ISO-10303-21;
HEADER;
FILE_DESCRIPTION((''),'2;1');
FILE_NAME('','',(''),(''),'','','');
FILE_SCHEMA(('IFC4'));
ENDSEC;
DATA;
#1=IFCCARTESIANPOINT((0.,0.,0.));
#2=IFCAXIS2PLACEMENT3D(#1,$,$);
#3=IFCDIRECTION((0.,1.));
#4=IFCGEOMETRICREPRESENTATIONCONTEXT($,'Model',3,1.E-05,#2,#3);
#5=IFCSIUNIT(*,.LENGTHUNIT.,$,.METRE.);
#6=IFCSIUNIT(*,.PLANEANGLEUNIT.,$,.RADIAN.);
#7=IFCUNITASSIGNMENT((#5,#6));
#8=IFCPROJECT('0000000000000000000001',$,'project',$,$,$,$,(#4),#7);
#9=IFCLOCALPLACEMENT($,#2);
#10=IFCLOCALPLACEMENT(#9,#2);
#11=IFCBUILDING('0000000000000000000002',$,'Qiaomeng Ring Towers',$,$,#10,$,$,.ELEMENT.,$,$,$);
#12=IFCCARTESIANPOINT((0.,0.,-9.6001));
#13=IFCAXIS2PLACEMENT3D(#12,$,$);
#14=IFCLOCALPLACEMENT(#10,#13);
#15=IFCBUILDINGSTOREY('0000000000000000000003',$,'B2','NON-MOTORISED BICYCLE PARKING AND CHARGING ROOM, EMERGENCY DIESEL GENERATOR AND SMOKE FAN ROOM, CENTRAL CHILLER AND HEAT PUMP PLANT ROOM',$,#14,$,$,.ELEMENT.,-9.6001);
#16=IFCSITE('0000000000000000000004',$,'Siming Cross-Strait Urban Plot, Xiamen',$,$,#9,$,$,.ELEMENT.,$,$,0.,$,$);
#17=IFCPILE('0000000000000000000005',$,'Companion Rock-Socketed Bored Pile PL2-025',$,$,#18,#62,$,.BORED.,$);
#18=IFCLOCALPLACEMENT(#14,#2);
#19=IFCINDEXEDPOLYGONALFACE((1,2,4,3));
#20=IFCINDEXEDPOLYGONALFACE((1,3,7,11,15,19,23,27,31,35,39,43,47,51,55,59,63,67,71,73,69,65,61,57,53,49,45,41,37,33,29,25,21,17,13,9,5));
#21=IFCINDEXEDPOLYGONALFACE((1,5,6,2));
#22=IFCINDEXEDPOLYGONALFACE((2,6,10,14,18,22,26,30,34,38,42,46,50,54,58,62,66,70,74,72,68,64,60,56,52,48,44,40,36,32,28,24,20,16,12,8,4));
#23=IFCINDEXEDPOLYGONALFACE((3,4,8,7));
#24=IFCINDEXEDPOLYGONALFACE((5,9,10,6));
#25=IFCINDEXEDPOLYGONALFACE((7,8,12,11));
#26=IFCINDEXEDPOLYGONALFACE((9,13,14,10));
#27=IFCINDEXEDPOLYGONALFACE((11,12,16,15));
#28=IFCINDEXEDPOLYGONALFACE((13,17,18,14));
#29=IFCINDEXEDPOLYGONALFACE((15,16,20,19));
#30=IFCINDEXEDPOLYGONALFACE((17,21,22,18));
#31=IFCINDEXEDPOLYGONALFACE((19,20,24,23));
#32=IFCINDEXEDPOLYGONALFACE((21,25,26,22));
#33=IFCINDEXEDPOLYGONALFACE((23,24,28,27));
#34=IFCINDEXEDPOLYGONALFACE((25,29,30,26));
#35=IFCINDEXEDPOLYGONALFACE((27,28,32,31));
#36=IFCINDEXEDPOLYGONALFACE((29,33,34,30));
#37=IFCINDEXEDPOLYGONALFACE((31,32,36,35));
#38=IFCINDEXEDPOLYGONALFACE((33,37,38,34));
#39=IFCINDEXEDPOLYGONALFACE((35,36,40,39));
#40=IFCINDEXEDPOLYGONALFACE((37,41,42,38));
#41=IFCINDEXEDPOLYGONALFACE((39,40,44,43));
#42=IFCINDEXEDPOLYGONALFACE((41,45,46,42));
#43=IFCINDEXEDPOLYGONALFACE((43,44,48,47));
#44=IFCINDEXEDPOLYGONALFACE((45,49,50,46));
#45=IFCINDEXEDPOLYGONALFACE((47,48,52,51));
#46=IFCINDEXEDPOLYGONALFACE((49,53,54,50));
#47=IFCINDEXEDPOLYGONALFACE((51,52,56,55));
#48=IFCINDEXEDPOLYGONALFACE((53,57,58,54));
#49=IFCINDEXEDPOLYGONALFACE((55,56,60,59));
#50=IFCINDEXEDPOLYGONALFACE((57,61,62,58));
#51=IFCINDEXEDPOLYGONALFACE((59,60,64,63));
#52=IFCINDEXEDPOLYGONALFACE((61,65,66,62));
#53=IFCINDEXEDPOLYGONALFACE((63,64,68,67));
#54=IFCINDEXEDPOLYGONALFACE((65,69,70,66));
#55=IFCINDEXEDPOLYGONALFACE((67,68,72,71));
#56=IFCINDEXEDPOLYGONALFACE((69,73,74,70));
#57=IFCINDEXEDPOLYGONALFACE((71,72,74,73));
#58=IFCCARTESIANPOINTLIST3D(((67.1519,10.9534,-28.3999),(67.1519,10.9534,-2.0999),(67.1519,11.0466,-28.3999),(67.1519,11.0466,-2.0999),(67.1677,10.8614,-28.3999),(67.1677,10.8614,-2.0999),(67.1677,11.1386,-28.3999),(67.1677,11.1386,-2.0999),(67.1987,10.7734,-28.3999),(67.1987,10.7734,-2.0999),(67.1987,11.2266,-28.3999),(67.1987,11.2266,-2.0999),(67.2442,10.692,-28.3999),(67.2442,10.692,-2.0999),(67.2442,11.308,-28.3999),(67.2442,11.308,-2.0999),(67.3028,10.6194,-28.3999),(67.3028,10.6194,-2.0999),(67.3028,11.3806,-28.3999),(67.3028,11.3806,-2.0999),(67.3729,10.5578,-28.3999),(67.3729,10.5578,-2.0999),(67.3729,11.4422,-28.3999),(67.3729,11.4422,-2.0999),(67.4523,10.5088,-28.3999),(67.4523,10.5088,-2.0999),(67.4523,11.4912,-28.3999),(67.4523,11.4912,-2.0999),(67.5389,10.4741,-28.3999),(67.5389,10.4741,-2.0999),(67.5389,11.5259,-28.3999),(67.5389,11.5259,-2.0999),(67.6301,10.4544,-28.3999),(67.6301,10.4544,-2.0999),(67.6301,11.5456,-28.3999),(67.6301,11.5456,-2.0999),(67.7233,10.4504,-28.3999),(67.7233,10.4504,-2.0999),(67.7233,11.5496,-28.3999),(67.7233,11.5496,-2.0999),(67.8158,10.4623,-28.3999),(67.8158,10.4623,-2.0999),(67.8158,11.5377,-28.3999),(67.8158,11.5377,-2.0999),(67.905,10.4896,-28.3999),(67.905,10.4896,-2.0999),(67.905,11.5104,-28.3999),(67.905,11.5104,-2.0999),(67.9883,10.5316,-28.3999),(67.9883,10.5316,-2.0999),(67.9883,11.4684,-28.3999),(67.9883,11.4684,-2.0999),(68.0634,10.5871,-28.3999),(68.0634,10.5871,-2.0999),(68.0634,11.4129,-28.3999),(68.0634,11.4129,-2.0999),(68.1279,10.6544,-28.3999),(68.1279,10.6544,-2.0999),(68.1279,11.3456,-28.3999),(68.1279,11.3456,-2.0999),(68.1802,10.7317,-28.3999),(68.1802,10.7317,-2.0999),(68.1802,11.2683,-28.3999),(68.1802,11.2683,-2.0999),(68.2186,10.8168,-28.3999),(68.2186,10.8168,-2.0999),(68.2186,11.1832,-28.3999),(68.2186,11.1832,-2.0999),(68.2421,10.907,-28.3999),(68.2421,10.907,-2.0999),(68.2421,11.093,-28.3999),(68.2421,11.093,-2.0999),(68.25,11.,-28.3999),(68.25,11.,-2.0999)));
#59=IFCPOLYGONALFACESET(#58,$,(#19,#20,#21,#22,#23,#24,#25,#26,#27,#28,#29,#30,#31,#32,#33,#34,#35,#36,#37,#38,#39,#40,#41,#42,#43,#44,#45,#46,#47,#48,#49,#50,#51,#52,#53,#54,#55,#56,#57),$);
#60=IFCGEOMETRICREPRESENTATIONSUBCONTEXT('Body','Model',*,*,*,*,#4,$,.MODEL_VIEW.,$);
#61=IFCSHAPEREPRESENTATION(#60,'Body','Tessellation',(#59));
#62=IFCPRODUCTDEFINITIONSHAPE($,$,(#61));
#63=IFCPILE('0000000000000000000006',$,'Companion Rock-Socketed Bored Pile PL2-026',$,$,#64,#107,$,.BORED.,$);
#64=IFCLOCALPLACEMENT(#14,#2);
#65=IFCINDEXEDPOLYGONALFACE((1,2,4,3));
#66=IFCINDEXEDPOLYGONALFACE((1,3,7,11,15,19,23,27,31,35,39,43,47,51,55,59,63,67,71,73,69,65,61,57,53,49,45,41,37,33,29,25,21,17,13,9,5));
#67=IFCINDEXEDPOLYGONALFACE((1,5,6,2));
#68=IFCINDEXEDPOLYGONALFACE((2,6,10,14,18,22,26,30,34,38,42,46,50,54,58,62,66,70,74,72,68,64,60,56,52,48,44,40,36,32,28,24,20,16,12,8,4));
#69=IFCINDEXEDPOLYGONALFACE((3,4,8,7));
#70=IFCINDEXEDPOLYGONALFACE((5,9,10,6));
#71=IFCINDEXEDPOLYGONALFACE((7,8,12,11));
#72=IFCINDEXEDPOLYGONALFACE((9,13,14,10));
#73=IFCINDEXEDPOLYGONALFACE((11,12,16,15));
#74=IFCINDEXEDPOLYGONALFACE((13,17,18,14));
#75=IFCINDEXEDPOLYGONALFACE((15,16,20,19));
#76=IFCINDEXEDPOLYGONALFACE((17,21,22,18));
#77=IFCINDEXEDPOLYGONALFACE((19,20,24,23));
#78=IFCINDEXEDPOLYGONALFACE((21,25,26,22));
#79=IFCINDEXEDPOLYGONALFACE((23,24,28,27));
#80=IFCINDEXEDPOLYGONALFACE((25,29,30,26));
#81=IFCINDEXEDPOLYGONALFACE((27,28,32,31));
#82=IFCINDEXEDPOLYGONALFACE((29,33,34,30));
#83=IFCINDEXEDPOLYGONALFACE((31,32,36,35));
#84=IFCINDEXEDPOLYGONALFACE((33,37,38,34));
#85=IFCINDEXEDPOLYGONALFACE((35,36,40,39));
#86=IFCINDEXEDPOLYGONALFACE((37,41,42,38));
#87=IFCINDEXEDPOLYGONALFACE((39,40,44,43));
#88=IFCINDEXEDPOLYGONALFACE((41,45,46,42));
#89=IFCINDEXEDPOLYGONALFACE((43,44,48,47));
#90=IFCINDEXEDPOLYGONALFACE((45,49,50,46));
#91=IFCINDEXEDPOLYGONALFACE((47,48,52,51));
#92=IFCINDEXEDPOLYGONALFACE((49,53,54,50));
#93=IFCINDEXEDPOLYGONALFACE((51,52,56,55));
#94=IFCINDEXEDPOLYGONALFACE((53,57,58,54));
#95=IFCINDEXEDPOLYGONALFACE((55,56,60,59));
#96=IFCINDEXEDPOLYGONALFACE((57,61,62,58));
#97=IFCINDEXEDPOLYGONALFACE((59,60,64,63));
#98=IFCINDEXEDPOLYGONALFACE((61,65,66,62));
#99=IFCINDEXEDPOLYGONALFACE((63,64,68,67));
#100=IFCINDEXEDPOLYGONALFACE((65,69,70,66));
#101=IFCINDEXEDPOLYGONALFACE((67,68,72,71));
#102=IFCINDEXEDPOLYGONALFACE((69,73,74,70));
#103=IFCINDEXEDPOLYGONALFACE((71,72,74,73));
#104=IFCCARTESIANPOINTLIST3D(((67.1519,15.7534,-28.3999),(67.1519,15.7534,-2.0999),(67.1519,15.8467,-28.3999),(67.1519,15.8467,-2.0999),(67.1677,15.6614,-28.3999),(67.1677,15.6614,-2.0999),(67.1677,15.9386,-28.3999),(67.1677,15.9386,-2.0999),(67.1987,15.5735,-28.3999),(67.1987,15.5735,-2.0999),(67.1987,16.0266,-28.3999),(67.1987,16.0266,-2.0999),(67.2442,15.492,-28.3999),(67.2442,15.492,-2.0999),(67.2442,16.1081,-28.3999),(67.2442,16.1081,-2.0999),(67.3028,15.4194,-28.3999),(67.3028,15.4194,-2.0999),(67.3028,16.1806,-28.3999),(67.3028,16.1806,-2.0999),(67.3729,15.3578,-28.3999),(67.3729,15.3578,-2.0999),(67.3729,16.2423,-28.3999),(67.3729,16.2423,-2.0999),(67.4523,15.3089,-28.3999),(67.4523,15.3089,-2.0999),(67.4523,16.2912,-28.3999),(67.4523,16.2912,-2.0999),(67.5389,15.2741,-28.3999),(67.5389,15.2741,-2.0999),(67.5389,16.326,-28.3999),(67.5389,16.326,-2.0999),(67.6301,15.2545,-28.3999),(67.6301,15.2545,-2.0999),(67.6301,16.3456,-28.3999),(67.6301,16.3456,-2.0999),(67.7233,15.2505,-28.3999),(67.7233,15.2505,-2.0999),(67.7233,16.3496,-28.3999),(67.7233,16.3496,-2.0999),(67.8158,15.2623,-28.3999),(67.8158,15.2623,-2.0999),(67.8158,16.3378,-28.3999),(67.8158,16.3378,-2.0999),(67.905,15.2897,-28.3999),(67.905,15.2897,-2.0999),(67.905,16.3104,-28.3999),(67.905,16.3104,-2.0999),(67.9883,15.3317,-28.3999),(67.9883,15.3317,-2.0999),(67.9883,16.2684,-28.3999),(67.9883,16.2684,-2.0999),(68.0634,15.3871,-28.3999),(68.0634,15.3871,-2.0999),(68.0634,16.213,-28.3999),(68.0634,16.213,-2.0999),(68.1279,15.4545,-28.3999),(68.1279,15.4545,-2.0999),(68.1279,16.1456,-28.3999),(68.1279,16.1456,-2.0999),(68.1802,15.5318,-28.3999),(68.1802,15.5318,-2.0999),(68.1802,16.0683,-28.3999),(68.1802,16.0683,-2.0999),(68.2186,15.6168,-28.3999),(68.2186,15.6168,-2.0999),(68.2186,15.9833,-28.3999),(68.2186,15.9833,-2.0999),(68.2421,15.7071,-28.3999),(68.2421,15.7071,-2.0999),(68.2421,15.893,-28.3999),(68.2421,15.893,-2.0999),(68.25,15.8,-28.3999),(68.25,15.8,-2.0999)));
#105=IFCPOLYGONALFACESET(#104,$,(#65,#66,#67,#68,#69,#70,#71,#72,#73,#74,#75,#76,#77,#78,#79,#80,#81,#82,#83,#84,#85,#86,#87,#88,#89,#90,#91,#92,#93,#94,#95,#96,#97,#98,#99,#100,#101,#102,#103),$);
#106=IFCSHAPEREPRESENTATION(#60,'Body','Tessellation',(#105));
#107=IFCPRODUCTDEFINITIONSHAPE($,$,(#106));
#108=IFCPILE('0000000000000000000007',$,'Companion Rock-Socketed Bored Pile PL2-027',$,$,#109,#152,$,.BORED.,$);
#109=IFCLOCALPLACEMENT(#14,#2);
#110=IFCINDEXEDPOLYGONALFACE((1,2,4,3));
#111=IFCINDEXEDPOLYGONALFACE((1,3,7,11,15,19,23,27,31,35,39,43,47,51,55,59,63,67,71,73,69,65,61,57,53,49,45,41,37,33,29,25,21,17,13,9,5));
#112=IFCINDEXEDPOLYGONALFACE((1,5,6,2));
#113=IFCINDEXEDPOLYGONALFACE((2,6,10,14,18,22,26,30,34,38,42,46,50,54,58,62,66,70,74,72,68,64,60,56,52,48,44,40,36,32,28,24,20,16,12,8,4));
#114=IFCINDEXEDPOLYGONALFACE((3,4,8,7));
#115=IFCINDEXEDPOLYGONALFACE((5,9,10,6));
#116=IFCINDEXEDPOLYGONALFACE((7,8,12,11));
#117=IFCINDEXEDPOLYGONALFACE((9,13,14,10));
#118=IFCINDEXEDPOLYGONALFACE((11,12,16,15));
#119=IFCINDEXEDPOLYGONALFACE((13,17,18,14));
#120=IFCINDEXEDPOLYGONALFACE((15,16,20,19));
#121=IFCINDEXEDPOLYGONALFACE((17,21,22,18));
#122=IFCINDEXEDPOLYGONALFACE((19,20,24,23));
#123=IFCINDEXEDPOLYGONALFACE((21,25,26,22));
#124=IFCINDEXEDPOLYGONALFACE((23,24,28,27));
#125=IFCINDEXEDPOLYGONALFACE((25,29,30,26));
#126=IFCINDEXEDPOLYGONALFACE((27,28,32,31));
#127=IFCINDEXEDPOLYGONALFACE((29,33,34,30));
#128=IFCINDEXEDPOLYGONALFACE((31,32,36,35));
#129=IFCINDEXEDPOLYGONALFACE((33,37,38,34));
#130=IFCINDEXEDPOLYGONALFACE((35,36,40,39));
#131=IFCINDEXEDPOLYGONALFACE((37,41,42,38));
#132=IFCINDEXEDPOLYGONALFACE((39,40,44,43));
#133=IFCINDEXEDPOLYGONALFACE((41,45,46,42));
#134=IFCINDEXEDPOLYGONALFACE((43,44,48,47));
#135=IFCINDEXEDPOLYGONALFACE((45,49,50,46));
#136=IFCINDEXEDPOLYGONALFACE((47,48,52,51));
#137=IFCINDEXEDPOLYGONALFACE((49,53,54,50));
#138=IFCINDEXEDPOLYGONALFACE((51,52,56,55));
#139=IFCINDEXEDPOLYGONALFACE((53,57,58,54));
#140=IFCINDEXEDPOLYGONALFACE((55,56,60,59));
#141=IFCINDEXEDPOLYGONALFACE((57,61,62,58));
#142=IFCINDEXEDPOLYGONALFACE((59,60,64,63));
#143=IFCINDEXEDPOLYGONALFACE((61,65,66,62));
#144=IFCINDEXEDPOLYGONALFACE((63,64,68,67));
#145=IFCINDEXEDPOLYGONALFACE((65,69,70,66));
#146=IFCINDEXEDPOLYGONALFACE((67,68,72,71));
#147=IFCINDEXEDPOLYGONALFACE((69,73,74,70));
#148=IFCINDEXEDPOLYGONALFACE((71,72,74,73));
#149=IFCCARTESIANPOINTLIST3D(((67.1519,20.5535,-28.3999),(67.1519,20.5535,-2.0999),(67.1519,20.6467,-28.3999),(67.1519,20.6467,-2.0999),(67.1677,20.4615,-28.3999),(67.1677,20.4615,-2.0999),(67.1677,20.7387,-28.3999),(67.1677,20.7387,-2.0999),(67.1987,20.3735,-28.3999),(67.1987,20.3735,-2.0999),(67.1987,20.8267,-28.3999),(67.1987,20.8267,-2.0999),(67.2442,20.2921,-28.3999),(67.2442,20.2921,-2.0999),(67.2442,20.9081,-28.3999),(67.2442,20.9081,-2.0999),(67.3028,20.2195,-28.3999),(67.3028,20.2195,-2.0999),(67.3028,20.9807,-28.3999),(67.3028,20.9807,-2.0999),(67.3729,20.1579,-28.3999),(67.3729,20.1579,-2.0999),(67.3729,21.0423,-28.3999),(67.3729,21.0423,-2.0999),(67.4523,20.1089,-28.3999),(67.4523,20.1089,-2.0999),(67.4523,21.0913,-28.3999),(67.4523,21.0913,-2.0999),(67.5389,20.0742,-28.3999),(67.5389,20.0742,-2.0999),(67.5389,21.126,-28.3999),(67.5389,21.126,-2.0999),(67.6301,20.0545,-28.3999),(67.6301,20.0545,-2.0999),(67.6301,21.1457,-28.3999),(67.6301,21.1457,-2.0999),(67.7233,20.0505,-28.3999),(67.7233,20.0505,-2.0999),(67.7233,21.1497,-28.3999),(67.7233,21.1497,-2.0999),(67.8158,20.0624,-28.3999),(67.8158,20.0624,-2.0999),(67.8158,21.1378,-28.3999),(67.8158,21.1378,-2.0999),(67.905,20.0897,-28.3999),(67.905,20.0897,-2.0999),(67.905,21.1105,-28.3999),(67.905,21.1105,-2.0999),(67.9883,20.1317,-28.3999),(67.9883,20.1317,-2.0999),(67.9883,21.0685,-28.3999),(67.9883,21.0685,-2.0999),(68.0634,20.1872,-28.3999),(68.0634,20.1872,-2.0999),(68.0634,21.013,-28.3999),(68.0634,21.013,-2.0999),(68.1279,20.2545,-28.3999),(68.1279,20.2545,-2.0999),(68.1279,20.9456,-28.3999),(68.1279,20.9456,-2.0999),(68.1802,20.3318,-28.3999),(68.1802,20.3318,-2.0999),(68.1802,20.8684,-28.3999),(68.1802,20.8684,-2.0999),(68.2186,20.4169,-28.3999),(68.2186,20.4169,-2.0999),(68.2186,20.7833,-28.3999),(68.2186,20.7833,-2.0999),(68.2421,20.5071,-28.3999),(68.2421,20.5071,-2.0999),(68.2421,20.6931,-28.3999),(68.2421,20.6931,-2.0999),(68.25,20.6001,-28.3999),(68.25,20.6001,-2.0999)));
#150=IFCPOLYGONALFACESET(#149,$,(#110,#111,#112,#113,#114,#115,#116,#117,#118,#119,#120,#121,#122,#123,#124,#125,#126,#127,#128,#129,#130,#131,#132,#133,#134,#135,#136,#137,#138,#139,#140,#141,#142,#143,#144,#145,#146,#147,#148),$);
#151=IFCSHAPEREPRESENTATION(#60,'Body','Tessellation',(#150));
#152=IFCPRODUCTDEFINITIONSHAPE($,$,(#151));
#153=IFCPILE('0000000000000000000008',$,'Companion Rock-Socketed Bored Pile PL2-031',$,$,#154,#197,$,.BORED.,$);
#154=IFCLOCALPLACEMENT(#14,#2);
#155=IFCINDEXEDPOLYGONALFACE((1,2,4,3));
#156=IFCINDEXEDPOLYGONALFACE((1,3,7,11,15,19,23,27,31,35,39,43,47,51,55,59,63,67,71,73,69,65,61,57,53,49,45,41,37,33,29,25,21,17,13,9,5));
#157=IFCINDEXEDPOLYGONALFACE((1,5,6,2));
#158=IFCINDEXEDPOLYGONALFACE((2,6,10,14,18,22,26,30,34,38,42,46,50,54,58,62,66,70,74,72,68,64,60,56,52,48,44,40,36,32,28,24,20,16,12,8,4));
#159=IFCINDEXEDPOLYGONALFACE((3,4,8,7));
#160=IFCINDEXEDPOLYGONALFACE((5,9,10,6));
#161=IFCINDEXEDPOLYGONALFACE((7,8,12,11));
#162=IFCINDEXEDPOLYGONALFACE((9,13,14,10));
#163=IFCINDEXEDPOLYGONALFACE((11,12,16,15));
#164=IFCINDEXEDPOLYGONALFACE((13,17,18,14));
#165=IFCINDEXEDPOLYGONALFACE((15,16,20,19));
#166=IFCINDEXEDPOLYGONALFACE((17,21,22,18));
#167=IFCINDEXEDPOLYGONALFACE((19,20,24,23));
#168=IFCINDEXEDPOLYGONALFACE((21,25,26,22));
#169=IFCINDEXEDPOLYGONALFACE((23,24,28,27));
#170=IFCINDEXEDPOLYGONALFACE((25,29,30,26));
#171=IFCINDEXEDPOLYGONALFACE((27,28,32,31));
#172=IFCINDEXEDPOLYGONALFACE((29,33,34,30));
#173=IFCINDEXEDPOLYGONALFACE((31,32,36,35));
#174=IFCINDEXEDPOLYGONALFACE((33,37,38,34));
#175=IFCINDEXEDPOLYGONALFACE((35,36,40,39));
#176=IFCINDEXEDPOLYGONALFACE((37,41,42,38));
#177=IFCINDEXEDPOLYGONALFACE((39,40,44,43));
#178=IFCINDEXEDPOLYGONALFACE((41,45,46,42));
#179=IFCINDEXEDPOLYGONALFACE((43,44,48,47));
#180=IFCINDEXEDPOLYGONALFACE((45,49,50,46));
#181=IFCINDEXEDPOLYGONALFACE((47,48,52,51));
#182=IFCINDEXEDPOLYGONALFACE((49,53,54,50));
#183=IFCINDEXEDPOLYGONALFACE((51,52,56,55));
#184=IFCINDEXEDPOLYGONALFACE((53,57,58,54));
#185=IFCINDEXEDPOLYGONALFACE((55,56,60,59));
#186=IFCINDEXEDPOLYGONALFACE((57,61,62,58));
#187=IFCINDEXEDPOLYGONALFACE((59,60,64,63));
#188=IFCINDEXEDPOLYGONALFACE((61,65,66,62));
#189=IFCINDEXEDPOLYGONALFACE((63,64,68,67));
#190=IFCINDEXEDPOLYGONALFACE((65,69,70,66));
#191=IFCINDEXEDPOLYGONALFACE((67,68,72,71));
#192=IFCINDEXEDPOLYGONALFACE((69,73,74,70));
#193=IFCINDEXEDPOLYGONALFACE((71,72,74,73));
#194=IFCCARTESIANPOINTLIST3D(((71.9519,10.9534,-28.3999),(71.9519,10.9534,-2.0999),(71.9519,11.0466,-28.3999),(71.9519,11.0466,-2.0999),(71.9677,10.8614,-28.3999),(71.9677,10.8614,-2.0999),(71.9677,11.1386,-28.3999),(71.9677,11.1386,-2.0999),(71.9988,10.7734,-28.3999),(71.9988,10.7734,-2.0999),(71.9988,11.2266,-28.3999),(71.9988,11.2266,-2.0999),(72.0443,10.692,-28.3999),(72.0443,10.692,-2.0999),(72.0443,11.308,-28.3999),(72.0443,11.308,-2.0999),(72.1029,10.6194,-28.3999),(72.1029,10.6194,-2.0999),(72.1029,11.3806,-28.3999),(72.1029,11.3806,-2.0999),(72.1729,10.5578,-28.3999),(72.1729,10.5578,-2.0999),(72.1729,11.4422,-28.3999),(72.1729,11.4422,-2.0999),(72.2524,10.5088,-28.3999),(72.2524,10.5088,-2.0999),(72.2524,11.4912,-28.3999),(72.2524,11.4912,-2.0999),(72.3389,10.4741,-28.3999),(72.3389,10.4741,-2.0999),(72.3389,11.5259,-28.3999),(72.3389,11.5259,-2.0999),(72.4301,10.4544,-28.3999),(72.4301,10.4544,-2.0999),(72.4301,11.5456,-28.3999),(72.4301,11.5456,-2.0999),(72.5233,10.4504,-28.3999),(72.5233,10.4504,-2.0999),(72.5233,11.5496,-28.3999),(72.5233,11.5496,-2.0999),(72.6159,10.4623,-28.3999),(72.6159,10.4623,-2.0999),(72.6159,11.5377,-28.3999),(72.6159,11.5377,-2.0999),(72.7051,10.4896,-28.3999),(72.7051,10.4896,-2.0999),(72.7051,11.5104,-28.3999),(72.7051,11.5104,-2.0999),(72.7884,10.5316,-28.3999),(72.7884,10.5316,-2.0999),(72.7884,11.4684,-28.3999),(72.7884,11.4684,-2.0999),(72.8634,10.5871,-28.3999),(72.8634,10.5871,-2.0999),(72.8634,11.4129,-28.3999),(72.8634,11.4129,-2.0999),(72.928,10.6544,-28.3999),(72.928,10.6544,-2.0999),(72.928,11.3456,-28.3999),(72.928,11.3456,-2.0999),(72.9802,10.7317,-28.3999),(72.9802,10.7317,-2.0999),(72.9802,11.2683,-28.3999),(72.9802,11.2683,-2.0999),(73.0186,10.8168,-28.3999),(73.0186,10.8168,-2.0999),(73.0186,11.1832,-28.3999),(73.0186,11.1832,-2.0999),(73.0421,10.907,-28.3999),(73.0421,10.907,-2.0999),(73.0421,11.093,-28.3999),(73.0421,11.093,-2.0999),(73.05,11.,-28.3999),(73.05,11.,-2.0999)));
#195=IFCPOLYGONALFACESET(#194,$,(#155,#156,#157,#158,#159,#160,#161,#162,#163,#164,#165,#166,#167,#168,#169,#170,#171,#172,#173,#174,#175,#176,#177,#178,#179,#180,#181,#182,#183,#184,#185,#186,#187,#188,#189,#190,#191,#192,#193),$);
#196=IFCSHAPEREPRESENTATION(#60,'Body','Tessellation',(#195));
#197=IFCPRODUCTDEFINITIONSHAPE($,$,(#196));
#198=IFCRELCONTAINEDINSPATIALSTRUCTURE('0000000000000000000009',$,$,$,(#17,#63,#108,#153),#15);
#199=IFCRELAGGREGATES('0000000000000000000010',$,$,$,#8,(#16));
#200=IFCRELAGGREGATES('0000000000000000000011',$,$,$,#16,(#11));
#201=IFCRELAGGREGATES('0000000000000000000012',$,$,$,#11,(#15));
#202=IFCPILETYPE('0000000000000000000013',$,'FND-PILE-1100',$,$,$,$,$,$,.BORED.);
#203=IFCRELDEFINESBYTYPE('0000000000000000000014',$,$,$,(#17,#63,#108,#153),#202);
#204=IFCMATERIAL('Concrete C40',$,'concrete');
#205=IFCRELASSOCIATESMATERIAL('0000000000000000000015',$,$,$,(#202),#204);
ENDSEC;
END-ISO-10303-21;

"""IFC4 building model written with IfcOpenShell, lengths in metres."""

from ifc_helpers import new_model, si_unit, direction, frame, origin, origin_2d, place, context, subcontext, project, spatial, circle, extrude, source, transform, mapped, material, material_profile, profile_set, type_object, element, save


model = new_model("IFC4")

# Units and contexts
model_context = context("Model", 3, precision=1e-05, world=origin(), true_north=direction((0.0, 1.0)))
body_context = subcontext(model_context, "Body", "Model", "MODEL_VIEW")
ifc_project = project(units=[si_unit("LENGTHUNIT", "METRE"), si_unit("PLANEANGLEUNIT", "RADIAN")], contexts=[model_context])

# Site, building, storey
site_placement = place(None, origin())
site = spatial("IfcSite", under=ifc_project, at=site_placement, Name="Siming Cross-Strait Urban Plot, Xiamen", CompositionType="ELEMENT", RefElevation=0.0)
building_placement = place(site_placement, origin())
building = spatial("IfcBuilding", under=site, at=building_placement, Name="Qiaomeng Ring Towers", CompositionType="ELEMENT")
storey_placement = place(building_placement, frame((0.0, 0.0, -9.6001)))
storey = spatial("IfcBuildingStorey", under=building, at=storey_placement, Name="B2", Description="NON-MOTORISED BICYCLE PARKING AND CHARGING ROOM, EMERGENCY DIESEL GENERATOR AND SMOKE FAN ROOM, CENTRAL CHILLER AND HEAT PUMP PLANT ROOM", CompositionType="ELEMENT", Elevation=-9.6001)

# Piles
ifc_material_1 = material(Name="Concrete C40", Category="concrete")
ifc_material_profile_1 = material_profile(ifc_material_1, circle(Radius=0.55, at=origin_2d()), Name="BORED PILE 1100")
ifc_profile_set_1 = profile_set([ifc_material_profile_1], Name="Concrete C40")
pile_type = type_object("IfcPileType", Name="FND-PILE-1100", PredefinedType="BORED", material=ifc_profile_set_1)
shared_shape_1 = source(origin(), body_context, "Body", "SweptSolid", [
    extrude(circle(Radius=0.55, at=origin_2d()), origin(), (0.0, 0.0, 1.0), 26.3),
])
for number, where, z_axis, x_axis, name in (
    (1, (67.7, 11.0, -2.0999), (0.0, 0.0, -1.0), (1.0, 0.0, 0.0), "Companion Rock-Socketed Bored Pile PL2-025"),
    (2, (67.7, 15.8, -2.0999), (0.0, 0.0, -1.0), (1.0, 0.0, 0.0), "Companion Rock-Socketed Bored Pile PL2-026"),
    (3, (67.7, 20.6001, -2.0999), (0.0, 0.0, -1.0), (1.0, 0.0, 0.0), "Companion Rock-Socketed Bored Pile PL2-027"),
    (4, (72.5, 11.0, -2.0999), (0.0, 0.0, -1.0), (1.0, 0.0, 0.0), "Companion Rock-Socketed Bored Pile PL2-031"),
):
    element("IfcPile", number, at=place(storey_placement, frame(where, z_axis=z_axis, x_axis=x_axis)), inside=storey, type_object=pile_type, Name=name, PredefinedType="BORED", context=body_context, shape_type="MappedRepresentation", body=[
        mapped(shared_shape_1, transform((0.0, 0.0, 0.0), x_axis=(1.0, 0.0, 0.0), y_axis=(0.0, 1.0, 0.0), z_axis=(0.0, 0.0, 1.0), scale=1.0)),
    ])

save(model, "model.ifc")
